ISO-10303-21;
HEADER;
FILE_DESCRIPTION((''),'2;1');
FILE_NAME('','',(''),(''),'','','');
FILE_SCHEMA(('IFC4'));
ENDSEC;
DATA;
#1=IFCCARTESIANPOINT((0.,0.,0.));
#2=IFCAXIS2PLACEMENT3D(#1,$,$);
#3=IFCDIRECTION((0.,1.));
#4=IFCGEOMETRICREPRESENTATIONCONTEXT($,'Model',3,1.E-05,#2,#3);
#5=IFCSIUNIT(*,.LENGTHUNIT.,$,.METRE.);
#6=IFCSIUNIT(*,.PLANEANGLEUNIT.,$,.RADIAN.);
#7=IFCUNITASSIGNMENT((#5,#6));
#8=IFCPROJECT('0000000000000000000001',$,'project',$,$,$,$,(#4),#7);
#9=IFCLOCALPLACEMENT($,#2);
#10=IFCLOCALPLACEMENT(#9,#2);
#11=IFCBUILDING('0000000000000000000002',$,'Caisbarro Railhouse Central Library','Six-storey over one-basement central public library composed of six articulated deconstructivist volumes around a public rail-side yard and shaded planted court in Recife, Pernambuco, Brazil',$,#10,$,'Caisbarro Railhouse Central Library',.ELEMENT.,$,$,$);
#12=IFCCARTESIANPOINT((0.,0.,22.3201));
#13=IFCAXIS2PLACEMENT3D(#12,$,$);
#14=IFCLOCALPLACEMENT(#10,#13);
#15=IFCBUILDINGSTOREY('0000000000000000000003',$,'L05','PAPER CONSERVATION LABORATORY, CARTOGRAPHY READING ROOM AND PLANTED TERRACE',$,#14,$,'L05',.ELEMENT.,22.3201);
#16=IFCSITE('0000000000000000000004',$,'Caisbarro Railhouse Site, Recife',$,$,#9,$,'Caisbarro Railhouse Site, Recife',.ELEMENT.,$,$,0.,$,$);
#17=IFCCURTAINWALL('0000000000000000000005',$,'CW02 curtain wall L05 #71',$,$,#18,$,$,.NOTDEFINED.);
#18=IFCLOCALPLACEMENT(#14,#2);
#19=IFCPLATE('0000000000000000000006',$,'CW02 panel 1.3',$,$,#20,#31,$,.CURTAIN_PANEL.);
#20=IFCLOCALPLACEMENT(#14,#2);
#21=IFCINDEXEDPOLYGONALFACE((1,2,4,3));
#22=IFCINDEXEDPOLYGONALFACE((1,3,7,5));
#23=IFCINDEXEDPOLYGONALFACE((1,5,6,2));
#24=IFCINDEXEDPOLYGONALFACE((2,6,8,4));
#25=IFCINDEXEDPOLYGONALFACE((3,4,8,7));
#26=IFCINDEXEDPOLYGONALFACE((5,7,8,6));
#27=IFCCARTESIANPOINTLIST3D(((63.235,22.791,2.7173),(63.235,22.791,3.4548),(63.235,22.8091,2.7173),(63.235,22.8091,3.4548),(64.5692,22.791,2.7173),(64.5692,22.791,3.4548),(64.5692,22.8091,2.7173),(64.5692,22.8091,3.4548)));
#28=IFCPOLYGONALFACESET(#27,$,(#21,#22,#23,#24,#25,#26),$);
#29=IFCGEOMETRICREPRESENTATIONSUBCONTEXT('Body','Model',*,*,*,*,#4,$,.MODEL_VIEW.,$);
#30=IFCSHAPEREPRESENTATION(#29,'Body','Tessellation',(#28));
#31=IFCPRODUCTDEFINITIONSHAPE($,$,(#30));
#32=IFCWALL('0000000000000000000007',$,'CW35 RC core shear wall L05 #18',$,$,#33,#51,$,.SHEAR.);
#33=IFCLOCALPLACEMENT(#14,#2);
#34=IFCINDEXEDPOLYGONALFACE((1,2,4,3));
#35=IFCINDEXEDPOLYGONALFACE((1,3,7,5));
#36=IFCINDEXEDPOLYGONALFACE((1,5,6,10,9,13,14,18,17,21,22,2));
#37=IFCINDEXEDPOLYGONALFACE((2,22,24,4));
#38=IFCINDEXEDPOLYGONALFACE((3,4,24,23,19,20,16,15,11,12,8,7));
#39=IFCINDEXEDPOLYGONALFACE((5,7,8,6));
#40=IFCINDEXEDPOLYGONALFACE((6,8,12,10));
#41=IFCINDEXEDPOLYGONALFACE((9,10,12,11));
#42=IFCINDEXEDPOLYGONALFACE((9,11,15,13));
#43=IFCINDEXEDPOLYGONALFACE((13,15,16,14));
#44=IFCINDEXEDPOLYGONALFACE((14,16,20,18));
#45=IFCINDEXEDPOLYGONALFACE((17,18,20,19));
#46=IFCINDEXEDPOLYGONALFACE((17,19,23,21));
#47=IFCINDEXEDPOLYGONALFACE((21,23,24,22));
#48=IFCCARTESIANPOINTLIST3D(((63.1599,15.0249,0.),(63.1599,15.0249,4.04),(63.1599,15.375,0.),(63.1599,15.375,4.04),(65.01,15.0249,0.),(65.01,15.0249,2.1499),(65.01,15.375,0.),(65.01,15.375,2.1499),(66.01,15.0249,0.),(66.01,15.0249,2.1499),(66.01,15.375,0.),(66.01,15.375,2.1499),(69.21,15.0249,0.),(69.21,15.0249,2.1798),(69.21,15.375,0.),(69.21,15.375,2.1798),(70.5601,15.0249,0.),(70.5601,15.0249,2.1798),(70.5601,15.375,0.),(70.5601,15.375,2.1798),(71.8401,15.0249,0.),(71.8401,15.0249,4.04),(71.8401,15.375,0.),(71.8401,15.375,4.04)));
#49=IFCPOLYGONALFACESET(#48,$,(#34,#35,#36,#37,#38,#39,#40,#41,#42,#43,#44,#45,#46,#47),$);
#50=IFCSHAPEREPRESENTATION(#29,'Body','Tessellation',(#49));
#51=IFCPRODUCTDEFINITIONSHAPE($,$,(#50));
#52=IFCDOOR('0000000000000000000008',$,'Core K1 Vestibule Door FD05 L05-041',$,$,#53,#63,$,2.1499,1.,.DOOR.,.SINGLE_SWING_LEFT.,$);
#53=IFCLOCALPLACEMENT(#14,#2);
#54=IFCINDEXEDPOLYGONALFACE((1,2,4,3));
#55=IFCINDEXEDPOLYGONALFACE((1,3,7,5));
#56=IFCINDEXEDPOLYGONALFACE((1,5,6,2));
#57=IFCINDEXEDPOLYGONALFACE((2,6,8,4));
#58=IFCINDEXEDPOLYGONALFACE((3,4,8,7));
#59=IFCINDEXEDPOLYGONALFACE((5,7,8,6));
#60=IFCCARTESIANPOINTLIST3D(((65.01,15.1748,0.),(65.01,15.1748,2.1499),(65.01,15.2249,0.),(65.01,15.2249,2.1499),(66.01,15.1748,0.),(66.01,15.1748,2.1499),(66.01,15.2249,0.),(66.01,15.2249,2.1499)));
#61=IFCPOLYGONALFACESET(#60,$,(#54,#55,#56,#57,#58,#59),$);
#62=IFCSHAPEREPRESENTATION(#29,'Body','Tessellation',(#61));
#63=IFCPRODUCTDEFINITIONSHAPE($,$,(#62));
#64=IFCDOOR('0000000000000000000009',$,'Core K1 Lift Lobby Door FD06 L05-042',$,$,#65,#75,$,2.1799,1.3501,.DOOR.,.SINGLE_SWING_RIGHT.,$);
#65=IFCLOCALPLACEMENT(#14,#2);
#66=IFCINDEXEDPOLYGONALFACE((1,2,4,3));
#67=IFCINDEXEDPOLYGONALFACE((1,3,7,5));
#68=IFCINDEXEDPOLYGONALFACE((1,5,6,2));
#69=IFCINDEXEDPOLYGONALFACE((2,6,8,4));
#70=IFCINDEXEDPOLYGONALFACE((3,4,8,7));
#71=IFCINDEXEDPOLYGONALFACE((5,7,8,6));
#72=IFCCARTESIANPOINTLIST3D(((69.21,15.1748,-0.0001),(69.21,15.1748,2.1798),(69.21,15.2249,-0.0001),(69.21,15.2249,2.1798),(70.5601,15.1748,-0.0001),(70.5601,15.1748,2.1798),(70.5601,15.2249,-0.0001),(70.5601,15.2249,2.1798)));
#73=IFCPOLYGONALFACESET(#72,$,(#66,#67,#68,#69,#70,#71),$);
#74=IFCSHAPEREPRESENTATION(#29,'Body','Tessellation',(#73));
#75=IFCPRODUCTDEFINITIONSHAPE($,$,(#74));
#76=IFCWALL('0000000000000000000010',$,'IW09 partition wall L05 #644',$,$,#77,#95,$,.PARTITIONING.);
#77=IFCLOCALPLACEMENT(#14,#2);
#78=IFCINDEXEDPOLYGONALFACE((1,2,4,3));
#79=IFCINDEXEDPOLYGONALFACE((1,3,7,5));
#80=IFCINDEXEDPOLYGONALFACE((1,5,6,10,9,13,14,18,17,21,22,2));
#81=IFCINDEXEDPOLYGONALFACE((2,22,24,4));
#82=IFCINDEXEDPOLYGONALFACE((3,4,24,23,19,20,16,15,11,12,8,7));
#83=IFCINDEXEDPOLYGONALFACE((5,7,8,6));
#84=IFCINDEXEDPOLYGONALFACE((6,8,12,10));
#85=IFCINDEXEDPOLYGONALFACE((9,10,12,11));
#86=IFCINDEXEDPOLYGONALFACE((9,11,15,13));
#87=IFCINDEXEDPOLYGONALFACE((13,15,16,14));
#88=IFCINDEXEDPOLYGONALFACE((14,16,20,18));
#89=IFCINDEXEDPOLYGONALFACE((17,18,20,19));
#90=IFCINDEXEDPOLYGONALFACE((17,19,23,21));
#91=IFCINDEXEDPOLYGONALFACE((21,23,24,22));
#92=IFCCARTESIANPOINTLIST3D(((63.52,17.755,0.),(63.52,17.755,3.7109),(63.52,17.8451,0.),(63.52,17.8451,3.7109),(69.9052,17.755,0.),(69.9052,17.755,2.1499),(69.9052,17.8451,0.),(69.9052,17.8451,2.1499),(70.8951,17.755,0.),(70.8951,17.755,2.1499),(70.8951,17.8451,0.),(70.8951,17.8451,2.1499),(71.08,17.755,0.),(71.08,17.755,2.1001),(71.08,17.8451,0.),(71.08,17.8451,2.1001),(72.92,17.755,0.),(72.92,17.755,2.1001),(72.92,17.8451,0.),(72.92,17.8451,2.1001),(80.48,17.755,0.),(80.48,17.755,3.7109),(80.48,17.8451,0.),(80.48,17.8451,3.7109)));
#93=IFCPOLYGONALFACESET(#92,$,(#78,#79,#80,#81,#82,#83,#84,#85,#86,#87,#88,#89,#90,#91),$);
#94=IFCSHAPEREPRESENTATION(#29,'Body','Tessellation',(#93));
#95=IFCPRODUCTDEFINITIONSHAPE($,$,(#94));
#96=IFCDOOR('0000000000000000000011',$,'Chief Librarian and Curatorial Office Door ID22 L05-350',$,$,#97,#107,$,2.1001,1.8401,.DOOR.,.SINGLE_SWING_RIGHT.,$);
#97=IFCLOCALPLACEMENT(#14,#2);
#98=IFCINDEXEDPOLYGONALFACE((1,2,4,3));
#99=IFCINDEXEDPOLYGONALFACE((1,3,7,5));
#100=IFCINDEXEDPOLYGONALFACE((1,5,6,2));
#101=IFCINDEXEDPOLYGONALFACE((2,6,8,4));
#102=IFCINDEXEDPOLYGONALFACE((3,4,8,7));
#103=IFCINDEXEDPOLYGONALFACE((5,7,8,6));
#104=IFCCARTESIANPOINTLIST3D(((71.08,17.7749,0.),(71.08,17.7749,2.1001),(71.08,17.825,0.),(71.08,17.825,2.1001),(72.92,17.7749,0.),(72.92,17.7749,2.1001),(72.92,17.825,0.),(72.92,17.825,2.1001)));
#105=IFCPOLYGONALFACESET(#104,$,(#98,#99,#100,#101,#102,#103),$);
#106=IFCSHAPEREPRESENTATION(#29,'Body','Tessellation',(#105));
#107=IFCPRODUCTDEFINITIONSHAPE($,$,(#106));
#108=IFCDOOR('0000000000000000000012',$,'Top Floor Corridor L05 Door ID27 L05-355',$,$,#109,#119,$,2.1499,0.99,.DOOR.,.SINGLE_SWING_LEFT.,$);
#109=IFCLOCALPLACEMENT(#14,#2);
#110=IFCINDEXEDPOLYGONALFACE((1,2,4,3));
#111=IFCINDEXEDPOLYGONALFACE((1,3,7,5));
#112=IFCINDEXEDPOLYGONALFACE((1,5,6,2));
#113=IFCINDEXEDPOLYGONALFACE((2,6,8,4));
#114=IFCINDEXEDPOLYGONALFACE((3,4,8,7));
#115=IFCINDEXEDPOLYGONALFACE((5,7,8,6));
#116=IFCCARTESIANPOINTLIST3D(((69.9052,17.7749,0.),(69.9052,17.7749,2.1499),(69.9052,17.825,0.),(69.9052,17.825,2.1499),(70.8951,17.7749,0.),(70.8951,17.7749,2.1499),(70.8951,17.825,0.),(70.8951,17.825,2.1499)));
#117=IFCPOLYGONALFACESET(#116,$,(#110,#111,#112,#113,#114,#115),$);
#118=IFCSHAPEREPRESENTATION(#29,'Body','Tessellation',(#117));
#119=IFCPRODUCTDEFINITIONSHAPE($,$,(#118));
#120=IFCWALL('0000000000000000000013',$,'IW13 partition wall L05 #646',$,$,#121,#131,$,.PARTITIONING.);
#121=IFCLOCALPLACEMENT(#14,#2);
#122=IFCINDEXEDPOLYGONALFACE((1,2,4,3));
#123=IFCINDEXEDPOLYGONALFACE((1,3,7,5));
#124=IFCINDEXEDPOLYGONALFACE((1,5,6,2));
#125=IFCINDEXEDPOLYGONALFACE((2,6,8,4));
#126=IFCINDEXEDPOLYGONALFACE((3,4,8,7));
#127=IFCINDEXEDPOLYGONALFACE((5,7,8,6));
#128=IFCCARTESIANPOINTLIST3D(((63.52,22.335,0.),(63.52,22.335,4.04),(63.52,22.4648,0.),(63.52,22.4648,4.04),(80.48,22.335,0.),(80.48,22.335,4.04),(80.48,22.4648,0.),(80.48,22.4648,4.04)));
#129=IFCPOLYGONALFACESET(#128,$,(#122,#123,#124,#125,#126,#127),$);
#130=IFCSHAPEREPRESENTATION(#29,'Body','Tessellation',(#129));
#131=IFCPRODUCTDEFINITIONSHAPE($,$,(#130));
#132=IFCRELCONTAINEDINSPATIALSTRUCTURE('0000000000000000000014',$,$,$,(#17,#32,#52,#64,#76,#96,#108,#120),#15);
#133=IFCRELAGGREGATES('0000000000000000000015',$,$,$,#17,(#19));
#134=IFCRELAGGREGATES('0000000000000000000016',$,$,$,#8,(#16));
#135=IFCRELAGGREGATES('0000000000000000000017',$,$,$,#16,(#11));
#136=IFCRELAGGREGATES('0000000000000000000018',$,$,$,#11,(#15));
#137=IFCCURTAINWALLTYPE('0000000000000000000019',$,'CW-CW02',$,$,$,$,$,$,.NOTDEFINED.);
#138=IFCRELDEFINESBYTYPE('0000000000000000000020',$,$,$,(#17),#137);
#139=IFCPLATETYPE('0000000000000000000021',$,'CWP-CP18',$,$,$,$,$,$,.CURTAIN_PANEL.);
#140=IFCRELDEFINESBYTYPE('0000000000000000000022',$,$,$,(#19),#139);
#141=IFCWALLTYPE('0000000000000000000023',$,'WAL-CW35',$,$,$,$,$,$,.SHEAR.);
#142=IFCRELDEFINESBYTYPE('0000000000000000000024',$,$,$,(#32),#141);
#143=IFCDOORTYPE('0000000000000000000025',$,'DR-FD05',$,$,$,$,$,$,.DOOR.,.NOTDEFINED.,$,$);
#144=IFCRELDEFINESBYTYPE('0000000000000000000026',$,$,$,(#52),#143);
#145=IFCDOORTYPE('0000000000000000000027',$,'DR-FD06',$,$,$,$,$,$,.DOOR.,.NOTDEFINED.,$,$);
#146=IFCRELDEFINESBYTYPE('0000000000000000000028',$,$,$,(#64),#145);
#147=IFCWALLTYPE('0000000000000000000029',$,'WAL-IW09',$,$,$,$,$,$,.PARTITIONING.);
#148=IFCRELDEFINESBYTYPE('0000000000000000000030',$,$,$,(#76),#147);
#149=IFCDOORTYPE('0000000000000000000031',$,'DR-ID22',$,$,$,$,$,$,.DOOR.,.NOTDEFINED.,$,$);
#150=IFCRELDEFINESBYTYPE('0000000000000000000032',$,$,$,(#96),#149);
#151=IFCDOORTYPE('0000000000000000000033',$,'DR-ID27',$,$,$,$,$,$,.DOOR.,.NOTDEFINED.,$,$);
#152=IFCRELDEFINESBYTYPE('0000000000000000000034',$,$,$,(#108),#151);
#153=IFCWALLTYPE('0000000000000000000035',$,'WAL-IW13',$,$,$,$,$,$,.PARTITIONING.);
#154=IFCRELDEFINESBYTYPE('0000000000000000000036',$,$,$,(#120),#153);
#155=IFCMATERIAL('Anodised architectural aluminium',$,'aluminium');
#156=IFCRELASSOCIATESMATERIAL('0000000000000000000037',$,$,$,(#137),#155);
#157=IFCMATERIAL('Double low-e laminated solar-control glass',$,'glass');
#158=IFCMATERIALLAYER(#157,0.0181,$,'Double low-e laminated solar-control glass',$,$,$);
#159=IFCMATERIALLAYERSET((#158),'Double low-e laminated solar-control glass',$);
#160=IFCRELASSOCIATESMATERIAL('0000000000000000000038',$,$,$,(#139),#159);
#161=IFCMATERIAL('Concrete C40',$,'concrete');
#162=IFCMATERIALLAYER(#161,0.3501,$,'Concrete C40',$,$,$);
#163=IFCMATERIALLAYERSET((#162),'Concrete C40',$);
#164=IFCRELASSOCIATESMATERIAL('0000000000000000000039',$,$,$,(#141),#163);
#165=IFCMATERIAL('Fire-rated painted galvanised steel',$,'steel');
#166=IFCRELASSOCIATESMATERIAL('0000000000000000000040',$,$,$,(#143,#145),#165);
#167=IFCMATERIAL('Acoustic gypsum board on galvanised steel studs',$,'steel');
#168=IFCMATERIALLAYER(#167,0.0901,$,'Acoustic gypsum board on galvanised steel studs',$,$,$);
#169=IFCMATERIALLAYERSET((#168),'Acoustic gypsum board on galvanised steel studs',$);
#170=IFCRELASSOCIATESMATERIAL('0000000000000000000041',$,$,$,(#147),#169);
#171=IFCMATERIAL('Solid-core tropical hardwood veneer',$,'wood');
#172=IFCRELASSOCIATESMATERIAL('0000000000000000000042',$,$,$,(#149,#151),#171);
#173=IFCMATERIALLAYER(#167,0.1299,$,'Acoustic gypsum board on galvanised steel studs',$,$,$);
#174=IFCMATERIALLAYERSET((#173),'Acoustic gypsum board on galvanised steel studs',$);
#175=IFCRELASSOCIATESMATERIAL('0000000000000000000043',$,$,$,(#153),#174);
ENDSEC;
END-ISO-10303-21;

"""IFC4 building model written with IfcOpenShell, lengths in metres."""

from ifc_helpers import new_model, si_unit, direction, frame, frame_2d, origin, origin_2d, place, context, subcontext, project, spatial, rectangle, extrude, material, layer, layer_set, type_object, element, fill, aggregate, save


model = new_model("IFC4")

# Units and contexts
model_context = context("Model", 3, precision=1e-05, world=origin(), true_north=direction((0.0, 1.0)))
body_context = subcontext(model_context, "Body", "Model", "MODEL_VIEW")
ifc_project = project(units=[si_unit("LENGTHUNIT", "METRE"), si_unit("PLANEANGLEUNIT", "RADIAN")], contexts=[model_context])

# Site, building, storey
site_placement = place(None, origin())
site = spatial("IfcSite", under=ifc_project, at=site_placement, Name="Caisbarro Railhouse Site, Recife", LongName="Caisbarro Railhouse Site, Recife", CompositionType="ELEMENT", RefElevation=0.0)
building_placement = place(site_placement, origin())
building = spatial("IfcBuilding", under=site, at=building_placement, Name="Caisbarro Railhouse Central Library", Description="Six-storey over one-basement central public library composed of six articulated deconstructivist volumes around a public rail-side yard and shaded planted court in Recife, Pernambuco, Brazil", LongName="Caisbarro Railhouse Central Library", CompositionType="ELEMENT")
storey_placement = place(building_placement, frame((0.0, 0.0, 22.3201)))
storey = spatial("IfcBuildingStorey", under=building, at=storey_placement, Name="L05", Description="PAPER CONSERVATION LABORATORY, CARTOGRAPHY READING ROOM AND PLANTED TERRACE", LongName="L05", CompositionType="ELEMENT", Elevation=22.3201)

# Curtain wall, plate
ifc_material_1 = material(Name="Anodised architectural aluminium", Category="aluminium")
curtain_wall_type = type_object("IfcCurtainWallType", Name="CW-CW02", PredefinedType="NOTDEFINED", material=ifc_material_1)
curtain_wall_placement = place(storey_placement, origin())
curtain_wall = element("IfcCurtainWall", 1, at=curtain_wall_placement, inside=storey, type_object=curtain_wall_type, Name="CW02 curtain wall L05 #71", PredefinedType="NOTDEFINED")
ifc_material_2 = material(Name="Double low-e laminated solar-control glass", Category="glass")
ifc_layer_1 = layer(ifc_material_2, 0.0181, Name="Double low-e laminated solar-control glass")
ifc_layer_set_1 = layer_set([ifc_layer_1], Name="Double low-e laminated solar-control glass")
plate_type = type_object("IfcPlateType", Name="CWP-CP18", PredefinedType="CURTAIN_PANEL", material=ifc_layer_set_1)
plate_1_placement = place(storey_placement, frame((63.9021, 22.8, 2.7173), z_axis=(0.0, 0.0, 1.0), x_axis=(1.0, 0.0, 0.0)))
plate_1 = element("IfcPlate", 2, at=plate_1_placement, type_object=plate_type, Name="CW02 panel 1.3", PredefinedType="CURTAIN_PANEL", context=body_context, shape_type="SweptSolid", body=[
    extrude(rectangle(XDim=1.3342, YDim=0.0181, at=origin_2d()), origin(), (0.0, 0.0, 1.0), 0.7375),
])
aggregate(curtain_wall, [plate_1])

# Walls, openings, doors
ifc_material_3 = material(Name="Concrete C40", Category="concrete")
ifc_layer_2 = layer(ifc_material_3, 0.3501, Name="Concrete C40")
ifc_layer_set_2 = layer_set([ifc_layer_2], Name="Concrete C40")
wall_type_1 = type_object("IfcWallType", Name="WAL-CW35", PredefinedType="SHEAR", material=ifc_layer_set_2)
wall_1_placement = place(storey_placement, frame((63.1599, 15.2, 0.0), z_axis=(0.0, 0.0, 1.0), x_axis=(1.0, 0.0, 0.0)))
wall_1 = element("IfcWall", 3, at=wall_1_placement, inside=storey, type_object=wall_type_1, Name="CW35 RC core shear wall L05 #18", PredefinedType="SHEAR", context=body_context, shape_type="SweptSolid", body=[
    extrude(rectangle(XDim=8.6802, YDim=0.3501, at=frame_2d((4.3401, 0.0))), origin(), (0.0, 0.0, 1.0), 4.04),
])
opening_1_placement = place(wall_1_placement, frame((1.8501, 0.0, 0.0)))
opening_1 = element("IfcOpeningElement", 4, at=opening_1_placement, cuts=wall_1, PredefinedType="OPENING", context=body_context, shape_type="SweptSolid", body=[
    extrude(rectangle(XDim=1.0, YDim=2.1499, at=frame_2d((0.5, 1.075))), frame((0.0, 0.1851, 0.0), z_axis=(0.0, -1.0, 0.0), x_axis=(1.0, 0.0, 0.0)), (0.0, 0.0, 1.0), 0.3701),
])
opening_2_placement = place(wall_1_placement, frame((6.05, 0.0, 0.0)))
opening_2 = element("IfcOpeningElement", 5, at=opening_2_placement, cuts=wall_1, PredefinedType="OPENING", context=body_context, shape_type="SweptSolid", body=[
    extrude(rectangle(XDim=1.3501, YDim=2.1799, at=frame_2d((0.675, 1.0898))), frame((0.0, 0.1851, 0.0), z_axis=(0.0, -1.0, 0.0), x_axis=(1.0, 0.0, 0.0)), (0.0, 0.0, 1.0), 0.3701),
])
ifc_material_4 = material(Name="Fire-rated painted galvanised steel", Category="steel")
door_type_1 = type_object("IfcDoorType", Name="DR-FD05", OperationType="NOTDEFINED", PredefinedType="DOOR", material=ifc_material_4)
door_1_placement = place(opening_1_placement, origin())
door_1 = element("IfcDoor", 6, at=door_1_placement, inside=storey, type_object=door_type_1, Name="Core K1 Vestibule Door FD05 L05-041", OperationType="SINGLE_SWING_LEFT", OverallHeight=2.1499, OverallWidth=1.0, PredefinedType="DOOR", context=body_context, shape_type="SweptSolid", body=[
    extrude(rectangle(XDim=1.0, YDim=2.1499, at=frame_2d((0.5, 1.075))), frame((0.0, 0.0249, 0.0), z_axis=(0.0, -1.0, 0.0), x_axis=(1.0, 0.0, 0.0)), (0.0, 0.0, 1.0), 0.05),
])
fill(opening_1, door_1)
door_type_2 = type_object("IfcDoorType", Name="DR-FD06", OperationType="NOTDEFINED", PredefinedType="DOOR", material=ifc_material_4)
door_2_placement = place(opening_2_placement, origin())
door_2 = element("IfcDoor", 7, at=door_2_placement, inside=storey, type_object=door_type_2, Name="Core K1 Lift Lobby Door FD06 L05-042", OperationType="SINGLE_SWING_RIGHT", OverallHeight=2.1799, OverallWidth=1.3501, PredefinedType="DOOR", context=body_context, shape_type="SweptSolid", body=[
    extrude(rectangle(XDim=1.3501, YDim=2.1799, at=frame_2d((0.675, 1.0898))), frame((0.0, 0.0249, 0.0), z_axis=(0.0, -1.0, 0.0), x_axis=(1.0, 0.0, 0.0)), (0.0, 0.0, 1.0), 0.05),
])
fill(opening_2, door_2)
ifc_material_5 = material(Name="Acoustic gypsum board on galvanised steel studs", Category="steel")
ifc_layer_3 = layer(ifc_material_5, 0.0901, Name="Acoustic gypsum board on galvanised steel studs")
ifc_layer_set_3 = layer_set([ifc_layer_3], Name="Acoustic gypsum board on galvanised steel studs")
wall_type_2 = type_object("IfcWallType", Name="WAL-IW09", PredefinedType="PARTITIONING", material=ifc_layer_set_3)
wall_2_placement = place(storey_placement, frame((63.52, 17.8, 0.0), z_axis=(0.0, 0.0, 1.0), x_axis=(1.0, 0.0, 0.0)))
wall_2 = element("IfcWall", 8, at=wall_2_placement, inside=storey, type_object=wall_type_2, Name="IW09 partition wall L05 #644", PredefinedType="PARTITIONING", context=body_context, shape_type="SweptSolid", body=[
    extrude(rectangle(XDim=16.96, YDim=0.0901, at=frame_2d((8.48, 0.0))), origin(), (0.0, 0.0, 1.0), 3.7109),
])
opening_3_placement = place(wall_2_placement, frame((7.5601, 0.0, 0.0)))
opening_3 = element("IfcOpeningElement", 9, at=opening_3_placement, cuts=wall_2, PredefinedType="OPENING", context=body_context, shape_type="SweptSolid", body=[
    extrude(rectangle(XDim=1.8401, YDim=2.1001, at=frame_2d((0.9199, 1.05))), frame((0.0, 0.0552, 0.0), z_axis=(0.0, -1.0, 0.0), x_axis=(1.0, 0.0, 0.0)), (0.0, 0.0, 1.0), 0.1101),
])
opening_4_placement = place(wall_2_placement, frame((6.385, 0.0, 0.0)))
opening_4 = element("IfcOpeningElement", 10, at=opening_4_placement, cuts=wall_2, PredefinedType="OPENING", context=body_context, shape_type="SweptSolid", body=[
    extrude(rectangle(XDim=0.99, YDim=2.1499, at=frame_2d((0.4951, 1.075))), frame((0.0, 0.0552, 0.0), z_axis=(0.0, -1.0, 0.0), x_axis=(1.0, 0.0, 0.0)), (0.0, 0.0, 1.0), 0.1101),
])
ifc_material_6 = material(Name="Solid-core tropical hardwood veneer", Category="wood")
door_type_3 = type_object("IfcDoorType", Name="DR-ID22", OperationType="NOTDEFINED", PredefinedType="DOOR", material=ifc_material_6)
door_3_placement = place(opening_3_placement, origin())
door_3 = element("IfcDoor", 11, at=door_3_placement, inside=storey, type_object=door_type_3, Name="Chief Librarian and Curatorial Office Door ID22 L05-350", OperationType="SINGLE_SWING_RIGHT", OverallHeight=2.1001, OverallWidth=1.8401, PredefinedType="DOOR", context=body_context, shape_type="SweptSolid", body=[
    extrude(rectangle(XDim=1.8401, YDim=2.1001, at=frame_2d((0.9199, 1.05))), frame((0.0, 0.0249, 0.0), z_axis=(0.0, -1.0, 0.0), x_axis=(1.0, 0.0, 0.0)), (0.0, 0.0, 1.0), 0.05),
])
fill(opening_3, door_3)
door_type_4 = type_object("IfcDoorType", Name="DR-ID27", OperationType="NOTDEFINED", PredefinedType="DOOR", material=ifc_material_6)
door_4_placement = place(opening_4_placement, origin())
door_4 = element("IfcDoor", 12, at=door_4_placement, inside=storey, type_object=door_type_4, Name="Top Floor Corridor L05 Door ID27 L05-355", OperationType="SINGLE_SWING_LEFT", OverallHeight=2.1499, OverallWidth=0.99, PredefinedType="DOOR", context=body_context, shape_type="SweptSolid", body=[
    extrude(rectangle(XDim=0.99, YDim=2.1499, at=frame_2d((0.4951, 1.075))), frame((0.0, 0.0249, 0.0), z_axis=(0.0, -1.0, 0.0), x_axis=(1.0, 0.0, 0.0)), (0.0, 0.0, 1.0), 0.05),
])
fill(opening_4, door_4)

# Wall
ifc_layer_4 = layer(ifc_material_5, 0.1299, Name="Acoustic gypsum board on galvanised steel studs")
ifc_layer_set_4 = layer_set([ifc_layer_4], Name="Acoustic gypsum board on galvanised steel studs")
wall_type_3 = type_object("IfcWallType", Name="WAL-IW13", PredefinedType="PARTITIONING", material=ifc_layer_set_4)
wall_3_placement = place(storey_placement, frame((63.52, 22.3999, 0.0), z_axis=(0.0, 0.0, 1.0), x_axis=(1.0, 0.0, 0.0)))
element("IfcWall", 13, at=wall_3_placement, inside=storey, type_object=wall_type_3, Name="IW13 partition wall L05 #646", PredefinedType="PARTITIONING", context=body_context, shape_type="SweptSolid", body=[
    extrude(rectangle(XDim=16.96, YDim=0.1299, at=frame_2d((8.48, 0.0))), origin(), (0.0, 0.0, 1.0), 4.04),
])

save(model, "model.ifc")
